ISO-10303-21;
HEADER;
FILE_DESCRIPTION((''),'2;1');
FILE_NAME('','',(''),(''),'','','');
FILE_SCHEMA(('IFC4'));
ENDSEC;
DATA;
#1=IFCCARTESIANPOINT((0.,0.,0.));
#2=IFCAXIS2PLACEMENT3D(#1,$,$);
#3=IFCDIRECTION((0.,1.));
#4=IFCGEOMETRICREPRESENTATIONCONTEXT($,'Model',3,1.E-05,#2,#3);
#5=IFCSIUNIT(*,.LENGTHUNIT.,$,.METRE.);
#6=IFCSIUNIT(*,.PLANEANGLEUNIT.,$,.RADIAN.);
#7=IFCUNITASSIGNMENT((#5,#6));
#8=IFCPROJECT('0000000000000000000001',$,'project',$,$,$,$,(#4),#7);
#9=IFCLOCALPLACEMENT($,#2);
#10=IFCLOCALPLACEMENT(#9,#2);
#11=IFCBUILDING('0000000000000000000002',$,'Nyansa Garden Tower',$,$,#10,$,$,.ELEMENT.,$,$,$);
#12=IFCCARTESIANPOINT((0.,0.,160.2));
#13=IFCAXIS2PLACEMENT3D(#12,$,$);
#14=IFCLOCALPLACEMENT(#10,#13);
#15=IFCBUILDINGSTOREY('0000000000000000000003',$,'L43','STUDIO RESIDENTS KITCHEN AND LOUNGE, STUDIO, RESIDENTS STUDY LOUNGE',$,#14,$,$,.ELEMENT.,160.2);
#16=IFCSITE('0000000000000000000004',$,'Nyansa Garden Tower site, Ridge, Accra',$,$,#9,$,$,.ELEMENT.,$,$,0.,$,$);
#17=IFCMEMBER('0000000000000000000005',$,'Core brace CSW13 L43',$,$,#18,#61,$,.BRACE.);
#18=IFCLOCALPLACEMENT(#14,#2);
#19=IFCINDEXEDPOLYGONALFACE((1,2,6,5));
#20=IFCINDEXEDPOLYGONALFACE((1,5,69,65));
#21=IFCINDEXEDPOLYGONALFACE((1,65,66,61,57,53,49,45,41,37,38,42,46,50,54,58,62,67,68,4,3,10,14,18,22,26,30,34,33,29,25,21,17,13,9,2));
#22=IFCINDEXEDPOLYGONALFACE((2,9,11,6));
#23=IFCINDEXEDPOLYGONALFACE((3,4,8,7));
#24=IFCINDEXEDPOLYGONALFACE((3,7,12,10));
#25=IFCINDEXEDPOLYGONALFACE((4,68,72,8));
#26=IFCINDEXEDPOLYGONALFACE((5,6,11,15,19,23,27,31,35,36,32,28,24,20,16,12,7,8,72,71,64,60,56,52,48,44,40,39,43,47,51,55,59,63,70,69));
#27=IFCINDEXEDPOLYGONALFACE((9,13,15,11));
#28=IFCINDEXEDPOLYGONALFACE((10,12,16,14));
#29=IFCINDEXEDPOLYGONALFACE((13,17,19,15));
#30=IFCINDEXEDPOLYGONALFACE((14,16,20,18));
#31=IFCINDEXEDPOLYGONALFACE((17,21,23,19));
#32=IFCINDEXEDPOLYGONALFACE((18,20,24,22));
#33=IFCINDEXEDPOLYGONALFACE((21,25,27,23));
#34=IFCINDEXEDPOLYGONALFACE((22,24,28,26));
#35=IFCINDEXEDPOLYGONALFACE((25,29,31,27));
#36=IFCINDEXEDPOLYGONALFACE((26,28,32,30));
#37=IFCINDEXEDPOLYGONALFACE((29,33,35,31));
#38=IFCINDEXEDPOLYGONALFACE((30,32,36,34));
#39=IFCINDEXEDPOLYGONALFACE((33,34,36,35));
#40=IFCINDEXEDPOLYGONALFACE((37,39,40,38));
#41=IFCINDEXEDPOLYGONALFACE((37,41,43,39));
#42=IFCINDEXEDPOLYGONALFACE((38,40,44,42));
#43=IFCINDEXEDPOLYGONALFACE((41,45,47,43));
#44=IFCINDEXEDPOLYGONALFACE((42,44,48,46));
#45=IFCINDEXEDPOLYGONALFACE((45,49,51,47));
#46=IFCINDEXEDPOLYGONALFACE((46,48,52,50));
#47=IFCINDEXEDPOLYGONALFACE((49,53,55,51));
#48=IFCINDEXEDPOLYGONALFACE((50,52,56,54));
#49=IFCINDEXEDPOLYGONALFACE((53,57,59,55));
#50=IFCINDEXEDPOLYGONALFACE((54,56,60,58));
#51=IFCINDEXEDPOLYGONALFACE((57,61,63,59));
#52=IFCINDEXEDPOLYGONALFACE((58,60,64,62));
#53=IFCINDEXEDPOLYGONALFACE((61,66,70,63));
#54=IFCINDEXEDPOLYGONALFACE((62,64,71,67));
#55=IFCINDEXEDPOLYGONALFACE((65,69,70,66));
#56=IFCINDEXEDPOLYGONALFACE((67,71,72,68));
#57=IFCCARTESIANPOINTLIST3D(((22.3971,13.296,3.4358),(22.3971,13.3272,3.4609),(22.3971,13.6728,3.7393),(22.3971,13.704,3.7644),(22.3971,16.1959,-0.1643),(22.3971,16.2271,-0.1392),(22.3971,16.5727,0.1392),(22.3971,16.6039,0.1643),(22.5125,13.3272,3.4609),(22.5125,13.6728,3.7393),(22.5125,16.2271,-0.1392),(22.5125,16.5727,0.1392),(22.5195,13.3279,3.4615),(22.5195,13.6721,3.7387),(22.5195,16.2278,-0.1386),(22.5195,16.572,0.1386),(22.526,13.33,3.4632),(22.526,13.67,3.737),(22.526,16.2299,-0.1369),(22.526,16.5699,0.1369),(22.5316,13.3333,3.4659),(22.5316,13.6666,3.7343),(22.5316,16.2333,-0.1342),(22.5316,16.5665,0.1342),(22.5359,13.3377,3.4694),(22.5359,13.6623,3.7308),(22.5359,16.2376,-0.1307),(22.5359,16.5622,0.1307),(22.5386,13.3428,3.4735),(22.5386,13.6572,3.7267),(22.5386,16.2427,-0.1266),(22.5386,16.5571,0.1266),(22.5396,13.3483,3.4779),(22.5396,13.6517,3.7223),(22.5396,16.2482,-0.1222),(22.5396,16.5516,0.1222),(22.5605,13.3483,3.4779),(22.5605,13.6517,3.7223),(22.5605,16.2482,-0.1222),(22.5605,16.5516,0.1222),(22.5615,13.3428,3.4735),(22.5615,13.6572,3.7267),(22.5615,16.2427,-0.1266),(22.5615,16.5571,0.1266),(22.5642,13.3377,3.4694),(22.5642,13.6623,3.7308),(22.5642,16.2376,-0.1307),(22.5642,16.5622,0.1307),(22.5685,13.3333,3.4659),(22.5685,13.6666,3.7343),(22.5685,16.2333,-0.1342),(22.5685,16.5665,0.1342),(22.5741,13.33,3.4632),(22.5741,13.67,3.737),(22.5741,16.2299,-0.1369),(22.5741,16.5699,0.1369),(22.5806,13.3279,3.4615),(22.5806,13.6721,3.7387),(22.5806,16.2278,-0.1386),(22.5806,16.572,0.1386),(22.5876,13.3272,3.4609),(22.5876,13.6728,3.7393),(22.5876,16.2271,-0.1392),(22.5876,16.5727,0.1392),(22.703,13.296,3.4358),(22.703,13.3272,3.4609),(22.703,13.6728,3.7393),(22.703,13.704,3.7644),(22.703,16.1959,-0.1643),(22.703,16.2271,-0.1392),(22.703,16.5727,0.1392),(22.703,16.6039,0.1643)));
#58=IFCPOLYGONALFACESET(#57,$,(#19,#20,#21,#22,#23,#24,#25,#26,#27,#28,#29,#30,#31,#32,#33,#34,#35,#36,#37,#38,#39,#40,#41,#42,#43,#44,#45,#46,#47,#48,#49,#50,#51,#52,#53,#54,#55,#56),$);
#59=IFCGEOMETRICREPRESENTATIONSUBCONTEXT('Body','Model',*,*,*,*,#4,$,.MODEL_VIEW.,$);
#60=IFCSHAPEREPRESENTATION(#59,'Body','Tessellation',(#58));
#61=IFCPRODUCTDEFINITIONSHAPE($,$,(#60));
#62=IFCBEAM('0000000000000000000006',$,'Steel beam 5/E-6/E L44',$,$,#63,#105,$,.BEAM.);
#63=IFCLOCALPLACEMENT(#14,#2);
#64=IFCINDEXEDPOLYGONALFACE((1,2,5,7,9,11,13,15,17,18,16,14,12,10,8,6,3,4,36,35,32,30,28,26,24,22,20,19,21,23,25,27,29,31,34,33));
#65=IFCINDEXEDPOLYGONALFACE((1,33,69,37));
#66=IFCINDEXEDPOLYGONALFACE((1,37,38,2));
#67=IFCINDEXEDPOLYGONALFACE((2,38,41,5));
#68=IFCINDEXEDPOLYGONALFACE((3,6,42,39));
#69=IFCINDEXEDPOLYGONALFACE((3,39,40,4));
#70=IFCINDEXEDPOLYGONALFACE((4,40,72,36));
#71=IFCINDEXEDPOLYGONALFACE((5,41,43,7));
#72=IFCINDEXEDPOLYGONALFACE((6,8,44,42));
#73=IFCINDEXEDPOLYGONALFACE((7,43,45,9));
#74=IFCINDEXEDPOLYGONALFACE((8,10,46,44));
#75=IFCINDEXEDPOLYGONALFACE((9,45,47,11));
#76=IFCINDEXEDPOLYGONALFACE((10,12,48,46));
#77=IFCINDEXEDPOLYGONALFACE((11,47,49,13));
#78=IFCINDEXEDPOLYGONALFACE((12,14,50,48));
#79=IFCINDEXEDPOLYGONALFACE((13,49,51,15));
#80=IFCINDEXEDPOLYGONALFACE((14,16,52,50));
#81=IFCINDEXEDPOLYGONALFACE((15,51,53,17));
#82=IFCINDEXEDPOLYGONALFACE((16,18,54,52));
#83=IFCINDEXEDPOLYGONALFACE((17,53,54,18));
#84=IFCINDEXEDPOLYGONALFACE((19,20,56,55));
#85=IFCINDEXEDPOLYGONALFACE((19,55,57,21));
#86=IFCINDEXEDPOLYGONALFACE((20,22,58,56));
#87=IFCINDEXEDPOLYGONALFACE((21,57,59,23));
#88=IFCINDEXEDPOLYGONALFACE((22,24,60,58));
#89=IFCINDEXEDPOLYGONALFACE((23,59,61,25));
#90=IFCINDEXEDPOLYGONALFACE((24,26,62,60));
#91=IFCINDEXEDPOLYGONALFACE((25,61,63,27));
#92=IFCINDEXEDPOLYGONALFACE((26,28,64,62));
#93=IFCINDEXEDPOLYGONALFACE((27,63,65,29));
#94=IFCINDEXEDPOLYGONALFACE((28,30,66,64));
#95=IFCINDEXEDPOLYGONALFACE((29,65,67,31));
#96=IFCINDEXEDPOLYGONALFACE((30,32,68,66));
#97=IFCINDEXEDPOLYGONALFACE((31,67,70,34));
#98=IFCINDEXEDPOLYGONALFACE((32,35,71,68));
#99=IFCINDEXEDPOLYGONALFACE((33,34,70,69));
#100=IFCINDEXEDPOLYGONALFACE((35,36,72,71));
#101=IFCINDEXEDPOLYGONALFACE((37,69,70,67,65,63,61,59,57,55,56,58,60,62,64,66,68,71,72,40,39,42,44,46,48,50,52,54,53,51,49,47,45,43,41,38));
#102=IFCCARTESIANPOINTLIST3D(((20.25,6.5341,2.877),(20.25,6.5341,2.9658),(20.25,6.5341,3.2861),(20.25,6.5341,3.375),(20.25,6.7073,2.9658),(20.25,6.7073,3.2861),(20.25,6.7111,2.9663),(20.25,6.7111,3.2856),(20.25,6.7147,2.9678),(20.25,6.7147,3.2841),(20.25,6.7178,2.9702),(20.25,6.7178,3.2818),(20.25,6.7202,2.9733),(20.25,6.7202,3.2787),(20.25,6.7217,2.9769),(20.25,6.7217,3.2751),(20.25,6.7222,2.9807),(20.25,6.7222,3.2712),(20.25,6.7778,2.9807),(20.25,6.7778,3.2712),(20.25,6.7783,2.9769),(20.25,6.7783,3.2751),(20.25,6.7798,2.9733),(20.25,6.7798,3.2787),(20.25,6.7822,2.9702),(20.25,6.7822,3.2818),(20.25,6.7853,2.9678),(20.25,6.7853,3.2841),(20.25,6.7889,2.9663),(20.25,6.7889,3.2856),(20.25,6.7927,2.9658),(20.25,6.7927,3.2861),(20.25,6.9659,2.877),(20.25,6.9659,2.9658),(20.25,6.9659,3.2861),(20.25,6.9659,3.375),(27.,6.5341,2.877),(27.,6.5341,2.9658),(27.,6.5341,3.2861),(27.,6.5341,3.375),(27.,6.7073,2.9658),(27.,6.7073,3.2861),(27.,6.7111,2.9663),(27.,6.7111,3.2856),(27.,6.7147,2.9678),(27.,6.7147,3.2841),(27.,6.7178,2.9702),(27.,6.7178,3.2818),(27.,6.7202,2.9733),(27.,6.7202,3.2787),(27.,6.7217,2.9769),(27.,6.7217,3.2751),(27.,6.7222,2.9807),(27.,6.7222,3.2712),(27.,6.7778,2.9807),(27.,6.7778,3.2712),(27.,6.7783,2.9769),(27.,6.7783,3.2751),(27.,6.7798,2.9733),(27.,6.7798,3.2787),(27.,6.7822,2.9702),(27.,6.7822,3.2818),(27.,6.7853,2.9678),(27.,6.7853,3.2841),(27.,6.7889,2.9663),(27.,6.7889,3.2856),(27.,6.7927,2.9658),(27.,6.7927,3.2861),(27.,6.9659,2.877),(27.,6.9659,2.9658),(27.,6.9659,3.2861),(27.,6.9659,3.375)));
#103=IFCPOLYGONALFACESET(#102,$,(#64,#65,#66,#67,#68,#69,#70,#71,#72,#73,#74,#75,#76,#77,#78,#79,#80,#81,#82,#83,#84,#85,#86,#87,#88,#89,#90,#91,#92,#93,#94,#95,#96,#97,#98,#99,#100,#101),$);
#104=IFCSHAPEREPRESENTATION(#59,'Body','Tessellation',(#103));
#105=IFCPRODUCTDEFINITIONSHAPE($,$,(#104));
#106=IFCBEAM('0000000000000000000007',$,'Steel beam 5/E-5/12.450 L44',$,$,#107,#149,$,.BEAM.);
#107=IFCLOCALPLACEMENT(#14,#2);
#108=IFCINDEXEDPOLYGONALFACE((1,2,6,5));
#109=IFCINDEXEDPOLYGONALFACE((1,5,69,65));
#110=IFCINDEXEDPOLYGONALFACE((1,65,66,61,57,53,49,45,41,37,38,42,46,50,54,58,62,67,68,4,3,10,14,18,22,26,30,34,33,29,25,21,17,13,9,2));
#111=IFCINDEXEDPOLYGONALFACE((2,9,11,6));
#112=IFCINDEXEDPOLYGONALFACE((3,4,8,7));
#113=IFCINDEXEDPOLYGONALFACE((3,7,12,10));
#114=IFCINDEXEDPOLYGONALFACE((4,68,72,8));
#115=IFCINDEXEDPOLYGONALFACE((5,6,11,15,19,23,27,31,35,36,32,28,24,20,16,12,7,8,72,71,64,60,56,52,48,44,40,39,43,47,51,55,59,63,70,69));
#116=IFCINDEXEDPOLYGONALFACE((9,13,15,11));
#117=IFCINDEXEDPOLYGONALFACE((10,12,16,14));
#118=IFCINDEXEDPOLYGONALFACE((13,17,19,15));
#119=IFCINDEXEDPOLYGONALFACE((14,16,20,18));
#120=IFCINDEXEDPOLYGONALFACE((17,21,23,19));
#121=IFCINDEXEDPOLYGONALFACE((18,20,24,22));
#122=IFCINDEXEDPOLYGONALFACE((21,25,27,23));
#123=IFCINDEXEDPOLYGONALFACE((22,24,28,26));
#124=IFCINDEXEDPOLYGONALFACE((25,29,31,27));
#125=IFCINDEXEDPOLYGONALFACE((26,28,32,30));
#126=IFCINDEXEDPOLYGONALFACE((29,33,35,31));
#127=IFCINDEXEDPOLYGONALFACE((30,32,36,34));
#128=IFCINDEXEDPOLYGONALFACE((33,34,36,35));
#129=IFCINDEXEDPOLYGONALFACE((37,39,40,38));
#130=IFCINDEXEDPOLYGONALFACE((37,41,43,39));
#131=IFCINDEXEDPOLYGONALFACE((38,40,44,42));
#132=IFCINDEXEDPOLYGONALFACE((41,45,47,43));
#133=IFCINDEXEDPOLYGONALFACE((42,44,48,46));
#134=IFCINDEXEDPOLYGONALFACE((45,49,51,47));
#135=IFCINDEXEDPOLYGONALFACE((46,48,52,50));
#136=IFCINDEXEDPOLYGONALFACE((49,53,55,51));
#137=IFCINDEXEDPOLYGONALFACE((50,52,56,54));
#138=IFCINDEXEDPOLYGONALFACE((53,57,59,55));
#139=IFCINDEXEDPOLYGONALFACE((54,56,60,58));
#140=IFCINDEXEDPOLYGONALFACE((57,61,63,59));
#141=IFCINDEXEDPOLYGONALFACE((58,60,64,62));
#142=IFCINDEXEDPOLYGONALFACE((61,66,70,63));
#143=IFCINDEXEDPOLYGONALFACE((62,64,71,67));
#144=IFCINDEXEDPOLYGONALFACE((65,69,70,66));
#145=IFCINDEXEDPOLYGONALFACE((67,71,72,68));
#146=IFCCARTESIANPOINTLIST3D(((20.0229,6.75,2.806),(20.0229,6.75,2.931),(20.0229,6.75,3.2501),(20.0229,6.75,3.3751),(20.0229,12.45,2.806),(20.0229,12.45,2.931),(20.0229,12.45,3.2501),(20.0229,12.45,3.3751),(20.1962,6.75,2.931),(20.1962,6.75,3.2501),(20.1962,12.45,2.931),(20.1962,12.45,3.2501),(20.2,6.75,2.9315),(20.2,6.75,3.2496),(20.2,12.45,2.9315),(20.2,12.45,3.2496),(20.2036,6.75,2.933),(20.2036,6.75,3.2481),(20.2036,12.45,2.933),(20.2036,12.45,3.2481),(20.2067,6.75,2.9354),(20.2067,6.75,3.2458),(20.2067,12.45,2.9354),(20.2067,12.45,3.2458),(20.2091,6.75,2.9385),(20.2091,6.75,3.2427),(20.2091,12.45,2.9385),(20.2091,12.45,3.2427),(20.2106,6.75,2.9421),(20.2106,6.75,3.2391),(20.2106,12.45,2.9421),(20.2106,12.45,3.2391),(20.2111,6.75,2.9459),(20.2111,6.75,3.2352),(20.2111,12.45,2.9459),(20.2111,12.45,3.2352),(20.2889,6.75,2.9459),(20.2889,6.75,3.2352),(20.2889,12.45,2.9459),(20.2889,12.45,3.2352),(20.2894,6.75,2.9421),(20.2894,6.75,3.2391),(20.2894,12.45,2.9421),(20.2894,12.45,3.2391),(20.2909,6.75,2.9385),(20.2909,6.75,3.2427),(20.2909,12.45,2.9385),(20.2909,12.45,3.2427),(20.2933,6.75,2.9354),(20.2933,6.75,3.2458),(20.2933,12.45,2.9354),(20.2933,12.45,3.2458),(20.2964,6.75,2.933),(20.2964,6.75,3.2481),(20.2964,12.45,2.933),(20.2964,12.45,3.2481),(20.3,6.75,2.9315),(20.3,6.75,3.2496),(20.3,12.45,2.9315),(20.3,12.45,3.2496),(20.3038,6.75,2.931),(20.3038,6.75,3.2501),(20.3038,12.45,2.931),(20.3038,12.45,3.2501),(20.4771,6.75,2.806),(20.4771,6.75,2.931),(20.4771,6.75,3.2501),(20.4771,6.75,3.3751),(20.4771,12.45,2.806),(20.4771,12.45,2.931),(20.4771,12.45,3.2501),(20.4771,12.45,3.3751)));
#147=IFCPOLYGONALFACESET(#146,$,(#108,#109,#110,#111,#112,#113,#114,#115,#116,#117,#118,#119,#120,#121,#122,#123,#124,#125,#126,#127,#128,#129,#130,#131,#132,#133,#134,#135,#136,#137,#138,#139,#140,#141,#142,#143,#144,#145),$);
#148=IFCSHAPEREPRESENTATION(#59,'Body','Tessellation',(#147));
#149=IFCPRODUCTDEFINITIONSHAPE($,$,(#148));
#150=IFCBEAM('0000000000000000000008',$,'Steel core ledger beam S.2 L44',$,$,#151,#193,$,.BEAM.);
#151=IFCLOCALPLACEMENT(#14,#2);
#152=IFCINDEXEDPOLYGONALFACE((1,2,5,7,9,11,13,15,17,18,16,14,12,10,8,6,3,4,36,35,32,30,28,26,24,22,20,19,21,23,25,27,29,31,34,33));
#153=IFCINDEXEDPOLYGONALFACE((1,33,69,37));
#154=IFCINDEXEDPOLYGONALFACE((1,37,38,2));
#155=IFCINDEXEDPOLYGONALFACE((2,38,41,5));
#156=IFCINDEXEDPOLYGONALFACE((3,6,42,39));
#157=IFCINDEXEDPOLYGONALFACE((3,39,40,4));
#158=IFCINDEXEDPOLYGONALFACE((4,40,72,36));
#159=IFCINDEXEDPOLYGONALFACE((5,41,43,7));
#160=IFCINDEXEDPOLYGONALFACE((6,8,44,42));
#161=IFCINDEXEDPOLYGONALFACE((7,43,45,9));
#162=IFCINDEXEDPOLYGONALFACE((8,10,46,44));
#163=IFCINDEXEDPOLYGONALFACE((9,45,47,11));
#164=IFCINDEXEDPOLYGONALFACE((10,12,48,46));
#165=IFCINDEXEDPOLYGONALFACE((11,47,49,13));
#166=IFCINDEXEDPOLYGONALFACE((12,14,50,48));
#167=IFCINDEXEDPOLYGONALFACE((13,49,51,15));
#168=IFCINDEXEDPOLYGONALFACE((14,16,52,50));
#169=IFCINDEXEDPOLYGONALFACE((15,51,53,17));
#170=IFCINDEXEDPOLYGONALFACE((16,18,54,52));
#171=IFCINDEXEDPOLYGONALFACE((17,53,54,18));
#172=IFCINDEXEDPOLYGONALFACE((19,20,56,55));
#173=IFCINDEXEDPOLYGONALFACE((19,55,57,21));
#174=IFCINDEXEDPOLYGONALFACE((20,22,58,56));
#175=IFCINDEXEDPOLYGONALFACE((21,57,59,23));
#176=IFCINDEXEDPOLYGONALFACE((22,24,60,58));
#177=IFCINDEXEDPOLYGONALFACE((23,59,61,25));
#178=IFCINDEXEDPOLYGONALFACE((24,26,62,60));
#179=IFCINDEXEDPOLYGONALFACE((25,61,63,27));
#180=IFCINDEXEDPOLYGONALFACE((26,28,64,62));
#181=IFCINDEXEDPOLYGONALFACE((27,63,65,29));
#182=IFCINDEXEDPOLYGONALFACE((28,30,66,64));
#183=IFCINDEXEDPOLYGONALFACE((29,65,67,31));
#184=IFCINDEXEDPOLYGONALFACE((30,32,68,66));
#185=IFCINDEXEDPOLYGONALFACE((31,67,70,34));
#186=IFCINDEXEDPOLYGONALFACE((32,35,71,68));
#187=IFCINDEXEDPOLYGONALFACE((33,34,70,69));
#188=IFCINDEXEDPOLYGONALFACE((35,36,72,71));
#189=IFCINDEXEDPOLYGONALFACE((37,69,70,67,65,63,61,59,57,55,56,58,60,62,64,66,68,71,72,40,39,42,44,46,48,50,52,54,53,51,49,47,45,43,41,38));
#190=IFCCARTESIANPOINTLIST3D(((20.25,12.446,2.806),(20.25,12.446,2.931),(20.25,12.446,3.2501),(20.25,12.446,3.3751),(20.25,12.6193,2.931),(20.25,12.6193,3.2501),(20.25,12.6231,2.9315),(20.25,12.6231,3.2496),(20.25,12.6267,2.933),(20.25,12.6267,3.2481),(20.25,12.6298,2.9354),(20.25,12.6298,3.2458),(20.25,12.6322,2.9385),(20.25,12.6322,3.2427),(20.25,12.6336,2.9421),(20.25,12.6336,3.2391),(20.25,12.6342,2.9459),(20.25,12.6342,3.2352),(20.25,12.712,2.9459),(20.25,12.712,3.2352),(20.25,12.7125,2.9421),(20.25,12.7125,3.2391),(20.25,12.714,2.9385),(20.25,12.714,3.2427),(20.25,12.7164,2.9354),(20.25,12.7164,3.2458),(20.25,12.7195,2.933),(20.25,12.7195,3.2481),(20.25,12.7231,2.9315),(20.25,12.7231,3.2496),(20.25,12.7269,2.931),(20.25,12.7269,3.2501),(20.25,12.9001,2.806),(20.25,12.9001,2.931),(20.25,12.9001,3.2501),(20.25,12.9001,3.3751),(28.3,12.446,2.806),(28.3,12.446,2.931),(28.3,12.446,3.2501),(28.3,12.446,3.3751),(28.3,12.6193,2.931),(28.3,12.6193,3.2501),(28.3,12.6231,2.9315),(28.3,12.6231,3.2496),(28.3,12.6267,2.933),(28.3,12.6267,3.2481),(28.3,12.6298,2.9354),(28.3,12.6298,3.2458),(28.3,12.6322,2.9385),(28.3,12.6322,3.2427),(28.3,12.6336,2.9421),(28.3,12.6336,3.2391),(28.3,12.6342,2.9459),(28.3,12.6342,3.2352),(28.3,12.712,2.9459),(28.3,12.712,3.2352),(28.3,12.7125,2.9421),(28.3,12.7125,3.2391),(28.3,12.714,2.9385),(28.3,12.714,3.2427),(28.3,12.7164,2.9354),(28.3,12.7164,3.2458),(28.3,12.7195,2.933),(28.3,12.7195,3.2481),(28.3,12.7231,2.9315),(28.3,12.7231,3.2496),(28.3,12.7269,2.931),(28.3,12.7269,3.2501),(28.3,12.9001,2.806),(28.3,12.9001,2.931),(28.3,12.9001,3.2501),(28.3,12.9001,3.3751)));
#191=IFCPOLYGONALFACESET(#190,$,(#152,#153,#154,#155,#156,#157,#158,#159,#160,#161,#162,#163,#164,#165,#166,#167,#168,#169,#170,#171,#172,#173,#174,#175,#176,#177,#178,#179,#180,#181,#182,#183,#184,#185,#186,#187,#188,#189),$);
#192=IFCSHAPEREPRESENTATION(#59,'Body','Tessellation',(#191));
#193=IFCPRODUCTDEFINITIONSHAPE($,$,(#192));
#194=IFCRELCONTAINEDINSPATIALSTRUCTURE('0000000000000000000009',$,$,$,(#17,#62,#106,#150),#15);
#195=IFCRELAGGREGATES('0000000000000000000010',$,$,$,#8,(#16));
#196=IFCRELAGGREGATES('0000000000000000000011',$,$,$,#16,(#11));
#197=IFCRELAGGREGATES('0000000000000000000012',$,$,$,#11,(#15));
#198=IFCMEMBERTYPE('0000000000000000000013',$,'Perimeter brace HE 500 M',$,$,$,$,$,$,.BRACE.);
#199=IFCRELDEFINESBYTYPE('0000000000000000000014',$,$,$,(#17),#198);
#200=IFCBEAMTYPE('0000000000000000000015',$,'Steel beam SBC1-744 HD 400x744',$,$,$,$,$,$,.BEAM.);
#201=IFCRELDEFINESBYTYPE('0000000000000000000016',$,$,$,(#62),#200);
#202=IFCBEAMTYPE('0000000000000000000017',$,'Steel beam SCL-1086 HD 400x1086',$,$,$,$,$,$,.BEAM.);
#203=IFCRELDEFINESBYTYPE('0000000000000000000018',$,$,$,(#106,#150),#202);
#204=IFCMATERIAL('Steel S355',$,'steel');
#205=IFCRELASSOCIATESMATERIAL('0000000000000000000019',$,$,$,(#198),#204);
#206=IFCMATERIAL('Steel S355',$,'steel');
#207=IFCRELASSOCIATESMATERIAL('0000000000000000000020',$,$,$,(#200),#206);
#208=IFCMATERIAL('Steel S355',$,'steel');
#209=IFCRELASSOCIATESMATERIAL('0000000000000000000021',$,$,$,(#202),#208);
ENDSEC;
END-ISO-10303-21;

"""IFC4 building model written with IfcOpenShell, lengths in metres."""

from ifc_helpers import new_model, si_unit, direction, frame, origin, origin_2d, place, context, subcontext, project, spatial, i_section, extrude, material, material_profile, profile_set, type_object, element, save


model = new_model("IFC4")

# Units and contexts
model_context = context("Model", 3, precision=1e-05, world=origin(), true_north=direction((0.0, 1.0)))
body_context = subcontext(model_context, "Body", "Model", "MODEL_VIEW")
ifc_project = project(units=[si_unit("LENGTHUNIT", "METRE"), si_unit("PLANEANGLEUNIT", "RADIAN")], contexts=[model_context])

# Site, building, storey
site_placement = place(None, origin())
site = spatial("IfcSite", under=ifc_project, at=site_placement, Name="Nyansa Garden Tower site, Ridge, Accra", CompositionType="ELEMENT", RefElevation=0.0)
building_placement = place(site_placement, origin())
building = spatial("IfcBuilding", under=site, at=building_placement, Name="Nyansa Garden Tower", CompositionType="ELEMENT")
storey_placement = place(building_placement, frame((0.0, 0.0, 160.2)))
storey = spatial("IfcBuildingStorey", under=building, at=storey_placement, Name="L43", Description="STUDIO RESIDENTS KITCHEN AND LOUNGE, STUDIO, RESIDENTS STUDY LOUNGE", CompositionType="ELEMENT", Elevation=160.2)

# Member
ifc_material_1 = material(Name="Steel S355", Category="steel")
ifc_material_profile_1 = material_profile(ifc_material_1, i_section(OverallWidth=0.3059, OverallDepth=0.5239, WebThickness=0.021, FlangeThickness=0.04, FilletRadius=0.0271, at=origin_2d()), Name="HE 500 M")
ifc_profile_set_1 = profile_set([ifc_material_profile_1], Name="Steel S355")
member_type = type_object("IfcMemberType", Name="Perimeter brace HE 500 M", PredefinedType="BRACE", material=ifc_profile_set_1)
for number, where, z_axis, x_axis, name in (
    (1, (22.55, 16.3999, 0.0), (0.0, -0.627306, 0.778773), (1.0, 0.0, 0.0), "Core brace CSW13 L43"),
):
    element("IfcMember", number, at=place(storey_placement, frame(where, z_axis=z_axis, x_axis=x_axis)), inside=storey, type_object=member_type, Name=name, PredefinedType="BRACE", context=body_context, shape_type="SweptSolid", body=[
        extrude(i_section(OverallWidth=0.3059, OverallDepth=0.5239, WebThickness=0.021, FlangeThickness=0.04, FilletRadius=0.0271, at=origin_2d()), origin(), (0.0, 0.0, 1.0), 4.6228),
    ])

# Beams
ifc_material_2 = material(Name="Steel S355", Category="steel")
ifc_material_profile_2 = material_profile(ifc_material_2, i_section(OverallWidth=0.4319, OverallDepth=0.498, WebThickness=0.0557, FlangeThickness=0.0889, FilletRadius=0.0149, at=origin_2d()), Name="HD 400x744")
ifc_profile_set_2 = profile_set([ifc_material_profile_2], Name="Steel S355")
beam_type_1 = type_object("IfcBeamType", Name="Steel beam SBC1-744 HD 400x744", PredefinedType="BEAM", material=ifc_profile_set_2)
beam_1_placement = place(storey_placement, frame((20.25, 6.75, 3.126), z_axis=(1.0, 0.0, 0.0), x_axis=(0.0, 1.0, 0.0)))
element("IfcBeam", 2, at=beam_1_placement, inside=storey, type_object=beam_type_1, Name="Steel beam 5/E-6/E L44", PredefinedType="BEAM", context=body_context, shape_type="SweptSolid", body=[
    extrude(i_section(OverallWidth=0.4319, OverallDepth=0.498, WebThickness=0.0557, FlangeThickness=0.0889, FilletRadius=0.0149, at=origin_2d()), origin(), (0.0, 0.0, 1.0), 6.75),
])
ifc_material_3 = material(Name="Steel S355", Category="steel")
ifc_material_profile_3 = material_profile(ifc_material_3, i_section(OverallWidth=0.4541, OverallDepth=0.5691, WebThickness=0.0779, FlangeThickness=0.125, FilletRadius=0.0149, at=origin_2d()), Name="HD 400x1086")
ifc_profile_set_3 = profile_set([ifc_material_profile_3], Name="Steel S355")
beam_type_2 = type_object("IfcBeamType", Name="Steel beam SCL-1086 HD 400x1086", PredefinedType="BEAM", material=ifc_profile_set_3)
beam_2_placement = place(storey_placement, frame((20.25, 6.75, 3.0906), z_axis=(0.0, 1.0, 0.0), x_axis=(-1.0, 0.0, 0.0)))
element("IfcBeam", 3, at=beam_2_placement, inside=storey, type_object=beam_type_2, Name="Steel beam 5/E-5/12.450 L44", PredefinedType="BEAM", context=body_context, shape_type="SweptSolid", body=[
    extrude(i_section(OverallWidth=0.4541, OverallDepth=0.5691, WebThickness=0.0779, FlangeThickness=0.125, FilletRadius=0.0149, at=origin_2d()), origin(), (0.0, 0.0, 1.0), 5.7),
])
beam_3_placement = place(storey_placement, frame((20.25, 12.6731, 3.0906), z_axis=(1.0, 0.0, 0.0), x_axis=(0.0, 1.0, 0.0)))
element("IfcBeam", 4, at=beam_3_placement, inside=storey, type_object=beam_type_2, Name="Steel core ledger beam S.2 L44", PredefinedType="BEAM", context=body_context, shape_type="SweptSolid", body=[
    extrude(i_section(OverallWidth=0.4541, OverallDepth=0.5691, WebThickness=0.0779, FlangeThickness=0.125, FilletRadius=0.0149, at=origin_2d()), origin(), (0.0, 0.0, 1.0), 8.05),
])

save(model, "model.ifc")
